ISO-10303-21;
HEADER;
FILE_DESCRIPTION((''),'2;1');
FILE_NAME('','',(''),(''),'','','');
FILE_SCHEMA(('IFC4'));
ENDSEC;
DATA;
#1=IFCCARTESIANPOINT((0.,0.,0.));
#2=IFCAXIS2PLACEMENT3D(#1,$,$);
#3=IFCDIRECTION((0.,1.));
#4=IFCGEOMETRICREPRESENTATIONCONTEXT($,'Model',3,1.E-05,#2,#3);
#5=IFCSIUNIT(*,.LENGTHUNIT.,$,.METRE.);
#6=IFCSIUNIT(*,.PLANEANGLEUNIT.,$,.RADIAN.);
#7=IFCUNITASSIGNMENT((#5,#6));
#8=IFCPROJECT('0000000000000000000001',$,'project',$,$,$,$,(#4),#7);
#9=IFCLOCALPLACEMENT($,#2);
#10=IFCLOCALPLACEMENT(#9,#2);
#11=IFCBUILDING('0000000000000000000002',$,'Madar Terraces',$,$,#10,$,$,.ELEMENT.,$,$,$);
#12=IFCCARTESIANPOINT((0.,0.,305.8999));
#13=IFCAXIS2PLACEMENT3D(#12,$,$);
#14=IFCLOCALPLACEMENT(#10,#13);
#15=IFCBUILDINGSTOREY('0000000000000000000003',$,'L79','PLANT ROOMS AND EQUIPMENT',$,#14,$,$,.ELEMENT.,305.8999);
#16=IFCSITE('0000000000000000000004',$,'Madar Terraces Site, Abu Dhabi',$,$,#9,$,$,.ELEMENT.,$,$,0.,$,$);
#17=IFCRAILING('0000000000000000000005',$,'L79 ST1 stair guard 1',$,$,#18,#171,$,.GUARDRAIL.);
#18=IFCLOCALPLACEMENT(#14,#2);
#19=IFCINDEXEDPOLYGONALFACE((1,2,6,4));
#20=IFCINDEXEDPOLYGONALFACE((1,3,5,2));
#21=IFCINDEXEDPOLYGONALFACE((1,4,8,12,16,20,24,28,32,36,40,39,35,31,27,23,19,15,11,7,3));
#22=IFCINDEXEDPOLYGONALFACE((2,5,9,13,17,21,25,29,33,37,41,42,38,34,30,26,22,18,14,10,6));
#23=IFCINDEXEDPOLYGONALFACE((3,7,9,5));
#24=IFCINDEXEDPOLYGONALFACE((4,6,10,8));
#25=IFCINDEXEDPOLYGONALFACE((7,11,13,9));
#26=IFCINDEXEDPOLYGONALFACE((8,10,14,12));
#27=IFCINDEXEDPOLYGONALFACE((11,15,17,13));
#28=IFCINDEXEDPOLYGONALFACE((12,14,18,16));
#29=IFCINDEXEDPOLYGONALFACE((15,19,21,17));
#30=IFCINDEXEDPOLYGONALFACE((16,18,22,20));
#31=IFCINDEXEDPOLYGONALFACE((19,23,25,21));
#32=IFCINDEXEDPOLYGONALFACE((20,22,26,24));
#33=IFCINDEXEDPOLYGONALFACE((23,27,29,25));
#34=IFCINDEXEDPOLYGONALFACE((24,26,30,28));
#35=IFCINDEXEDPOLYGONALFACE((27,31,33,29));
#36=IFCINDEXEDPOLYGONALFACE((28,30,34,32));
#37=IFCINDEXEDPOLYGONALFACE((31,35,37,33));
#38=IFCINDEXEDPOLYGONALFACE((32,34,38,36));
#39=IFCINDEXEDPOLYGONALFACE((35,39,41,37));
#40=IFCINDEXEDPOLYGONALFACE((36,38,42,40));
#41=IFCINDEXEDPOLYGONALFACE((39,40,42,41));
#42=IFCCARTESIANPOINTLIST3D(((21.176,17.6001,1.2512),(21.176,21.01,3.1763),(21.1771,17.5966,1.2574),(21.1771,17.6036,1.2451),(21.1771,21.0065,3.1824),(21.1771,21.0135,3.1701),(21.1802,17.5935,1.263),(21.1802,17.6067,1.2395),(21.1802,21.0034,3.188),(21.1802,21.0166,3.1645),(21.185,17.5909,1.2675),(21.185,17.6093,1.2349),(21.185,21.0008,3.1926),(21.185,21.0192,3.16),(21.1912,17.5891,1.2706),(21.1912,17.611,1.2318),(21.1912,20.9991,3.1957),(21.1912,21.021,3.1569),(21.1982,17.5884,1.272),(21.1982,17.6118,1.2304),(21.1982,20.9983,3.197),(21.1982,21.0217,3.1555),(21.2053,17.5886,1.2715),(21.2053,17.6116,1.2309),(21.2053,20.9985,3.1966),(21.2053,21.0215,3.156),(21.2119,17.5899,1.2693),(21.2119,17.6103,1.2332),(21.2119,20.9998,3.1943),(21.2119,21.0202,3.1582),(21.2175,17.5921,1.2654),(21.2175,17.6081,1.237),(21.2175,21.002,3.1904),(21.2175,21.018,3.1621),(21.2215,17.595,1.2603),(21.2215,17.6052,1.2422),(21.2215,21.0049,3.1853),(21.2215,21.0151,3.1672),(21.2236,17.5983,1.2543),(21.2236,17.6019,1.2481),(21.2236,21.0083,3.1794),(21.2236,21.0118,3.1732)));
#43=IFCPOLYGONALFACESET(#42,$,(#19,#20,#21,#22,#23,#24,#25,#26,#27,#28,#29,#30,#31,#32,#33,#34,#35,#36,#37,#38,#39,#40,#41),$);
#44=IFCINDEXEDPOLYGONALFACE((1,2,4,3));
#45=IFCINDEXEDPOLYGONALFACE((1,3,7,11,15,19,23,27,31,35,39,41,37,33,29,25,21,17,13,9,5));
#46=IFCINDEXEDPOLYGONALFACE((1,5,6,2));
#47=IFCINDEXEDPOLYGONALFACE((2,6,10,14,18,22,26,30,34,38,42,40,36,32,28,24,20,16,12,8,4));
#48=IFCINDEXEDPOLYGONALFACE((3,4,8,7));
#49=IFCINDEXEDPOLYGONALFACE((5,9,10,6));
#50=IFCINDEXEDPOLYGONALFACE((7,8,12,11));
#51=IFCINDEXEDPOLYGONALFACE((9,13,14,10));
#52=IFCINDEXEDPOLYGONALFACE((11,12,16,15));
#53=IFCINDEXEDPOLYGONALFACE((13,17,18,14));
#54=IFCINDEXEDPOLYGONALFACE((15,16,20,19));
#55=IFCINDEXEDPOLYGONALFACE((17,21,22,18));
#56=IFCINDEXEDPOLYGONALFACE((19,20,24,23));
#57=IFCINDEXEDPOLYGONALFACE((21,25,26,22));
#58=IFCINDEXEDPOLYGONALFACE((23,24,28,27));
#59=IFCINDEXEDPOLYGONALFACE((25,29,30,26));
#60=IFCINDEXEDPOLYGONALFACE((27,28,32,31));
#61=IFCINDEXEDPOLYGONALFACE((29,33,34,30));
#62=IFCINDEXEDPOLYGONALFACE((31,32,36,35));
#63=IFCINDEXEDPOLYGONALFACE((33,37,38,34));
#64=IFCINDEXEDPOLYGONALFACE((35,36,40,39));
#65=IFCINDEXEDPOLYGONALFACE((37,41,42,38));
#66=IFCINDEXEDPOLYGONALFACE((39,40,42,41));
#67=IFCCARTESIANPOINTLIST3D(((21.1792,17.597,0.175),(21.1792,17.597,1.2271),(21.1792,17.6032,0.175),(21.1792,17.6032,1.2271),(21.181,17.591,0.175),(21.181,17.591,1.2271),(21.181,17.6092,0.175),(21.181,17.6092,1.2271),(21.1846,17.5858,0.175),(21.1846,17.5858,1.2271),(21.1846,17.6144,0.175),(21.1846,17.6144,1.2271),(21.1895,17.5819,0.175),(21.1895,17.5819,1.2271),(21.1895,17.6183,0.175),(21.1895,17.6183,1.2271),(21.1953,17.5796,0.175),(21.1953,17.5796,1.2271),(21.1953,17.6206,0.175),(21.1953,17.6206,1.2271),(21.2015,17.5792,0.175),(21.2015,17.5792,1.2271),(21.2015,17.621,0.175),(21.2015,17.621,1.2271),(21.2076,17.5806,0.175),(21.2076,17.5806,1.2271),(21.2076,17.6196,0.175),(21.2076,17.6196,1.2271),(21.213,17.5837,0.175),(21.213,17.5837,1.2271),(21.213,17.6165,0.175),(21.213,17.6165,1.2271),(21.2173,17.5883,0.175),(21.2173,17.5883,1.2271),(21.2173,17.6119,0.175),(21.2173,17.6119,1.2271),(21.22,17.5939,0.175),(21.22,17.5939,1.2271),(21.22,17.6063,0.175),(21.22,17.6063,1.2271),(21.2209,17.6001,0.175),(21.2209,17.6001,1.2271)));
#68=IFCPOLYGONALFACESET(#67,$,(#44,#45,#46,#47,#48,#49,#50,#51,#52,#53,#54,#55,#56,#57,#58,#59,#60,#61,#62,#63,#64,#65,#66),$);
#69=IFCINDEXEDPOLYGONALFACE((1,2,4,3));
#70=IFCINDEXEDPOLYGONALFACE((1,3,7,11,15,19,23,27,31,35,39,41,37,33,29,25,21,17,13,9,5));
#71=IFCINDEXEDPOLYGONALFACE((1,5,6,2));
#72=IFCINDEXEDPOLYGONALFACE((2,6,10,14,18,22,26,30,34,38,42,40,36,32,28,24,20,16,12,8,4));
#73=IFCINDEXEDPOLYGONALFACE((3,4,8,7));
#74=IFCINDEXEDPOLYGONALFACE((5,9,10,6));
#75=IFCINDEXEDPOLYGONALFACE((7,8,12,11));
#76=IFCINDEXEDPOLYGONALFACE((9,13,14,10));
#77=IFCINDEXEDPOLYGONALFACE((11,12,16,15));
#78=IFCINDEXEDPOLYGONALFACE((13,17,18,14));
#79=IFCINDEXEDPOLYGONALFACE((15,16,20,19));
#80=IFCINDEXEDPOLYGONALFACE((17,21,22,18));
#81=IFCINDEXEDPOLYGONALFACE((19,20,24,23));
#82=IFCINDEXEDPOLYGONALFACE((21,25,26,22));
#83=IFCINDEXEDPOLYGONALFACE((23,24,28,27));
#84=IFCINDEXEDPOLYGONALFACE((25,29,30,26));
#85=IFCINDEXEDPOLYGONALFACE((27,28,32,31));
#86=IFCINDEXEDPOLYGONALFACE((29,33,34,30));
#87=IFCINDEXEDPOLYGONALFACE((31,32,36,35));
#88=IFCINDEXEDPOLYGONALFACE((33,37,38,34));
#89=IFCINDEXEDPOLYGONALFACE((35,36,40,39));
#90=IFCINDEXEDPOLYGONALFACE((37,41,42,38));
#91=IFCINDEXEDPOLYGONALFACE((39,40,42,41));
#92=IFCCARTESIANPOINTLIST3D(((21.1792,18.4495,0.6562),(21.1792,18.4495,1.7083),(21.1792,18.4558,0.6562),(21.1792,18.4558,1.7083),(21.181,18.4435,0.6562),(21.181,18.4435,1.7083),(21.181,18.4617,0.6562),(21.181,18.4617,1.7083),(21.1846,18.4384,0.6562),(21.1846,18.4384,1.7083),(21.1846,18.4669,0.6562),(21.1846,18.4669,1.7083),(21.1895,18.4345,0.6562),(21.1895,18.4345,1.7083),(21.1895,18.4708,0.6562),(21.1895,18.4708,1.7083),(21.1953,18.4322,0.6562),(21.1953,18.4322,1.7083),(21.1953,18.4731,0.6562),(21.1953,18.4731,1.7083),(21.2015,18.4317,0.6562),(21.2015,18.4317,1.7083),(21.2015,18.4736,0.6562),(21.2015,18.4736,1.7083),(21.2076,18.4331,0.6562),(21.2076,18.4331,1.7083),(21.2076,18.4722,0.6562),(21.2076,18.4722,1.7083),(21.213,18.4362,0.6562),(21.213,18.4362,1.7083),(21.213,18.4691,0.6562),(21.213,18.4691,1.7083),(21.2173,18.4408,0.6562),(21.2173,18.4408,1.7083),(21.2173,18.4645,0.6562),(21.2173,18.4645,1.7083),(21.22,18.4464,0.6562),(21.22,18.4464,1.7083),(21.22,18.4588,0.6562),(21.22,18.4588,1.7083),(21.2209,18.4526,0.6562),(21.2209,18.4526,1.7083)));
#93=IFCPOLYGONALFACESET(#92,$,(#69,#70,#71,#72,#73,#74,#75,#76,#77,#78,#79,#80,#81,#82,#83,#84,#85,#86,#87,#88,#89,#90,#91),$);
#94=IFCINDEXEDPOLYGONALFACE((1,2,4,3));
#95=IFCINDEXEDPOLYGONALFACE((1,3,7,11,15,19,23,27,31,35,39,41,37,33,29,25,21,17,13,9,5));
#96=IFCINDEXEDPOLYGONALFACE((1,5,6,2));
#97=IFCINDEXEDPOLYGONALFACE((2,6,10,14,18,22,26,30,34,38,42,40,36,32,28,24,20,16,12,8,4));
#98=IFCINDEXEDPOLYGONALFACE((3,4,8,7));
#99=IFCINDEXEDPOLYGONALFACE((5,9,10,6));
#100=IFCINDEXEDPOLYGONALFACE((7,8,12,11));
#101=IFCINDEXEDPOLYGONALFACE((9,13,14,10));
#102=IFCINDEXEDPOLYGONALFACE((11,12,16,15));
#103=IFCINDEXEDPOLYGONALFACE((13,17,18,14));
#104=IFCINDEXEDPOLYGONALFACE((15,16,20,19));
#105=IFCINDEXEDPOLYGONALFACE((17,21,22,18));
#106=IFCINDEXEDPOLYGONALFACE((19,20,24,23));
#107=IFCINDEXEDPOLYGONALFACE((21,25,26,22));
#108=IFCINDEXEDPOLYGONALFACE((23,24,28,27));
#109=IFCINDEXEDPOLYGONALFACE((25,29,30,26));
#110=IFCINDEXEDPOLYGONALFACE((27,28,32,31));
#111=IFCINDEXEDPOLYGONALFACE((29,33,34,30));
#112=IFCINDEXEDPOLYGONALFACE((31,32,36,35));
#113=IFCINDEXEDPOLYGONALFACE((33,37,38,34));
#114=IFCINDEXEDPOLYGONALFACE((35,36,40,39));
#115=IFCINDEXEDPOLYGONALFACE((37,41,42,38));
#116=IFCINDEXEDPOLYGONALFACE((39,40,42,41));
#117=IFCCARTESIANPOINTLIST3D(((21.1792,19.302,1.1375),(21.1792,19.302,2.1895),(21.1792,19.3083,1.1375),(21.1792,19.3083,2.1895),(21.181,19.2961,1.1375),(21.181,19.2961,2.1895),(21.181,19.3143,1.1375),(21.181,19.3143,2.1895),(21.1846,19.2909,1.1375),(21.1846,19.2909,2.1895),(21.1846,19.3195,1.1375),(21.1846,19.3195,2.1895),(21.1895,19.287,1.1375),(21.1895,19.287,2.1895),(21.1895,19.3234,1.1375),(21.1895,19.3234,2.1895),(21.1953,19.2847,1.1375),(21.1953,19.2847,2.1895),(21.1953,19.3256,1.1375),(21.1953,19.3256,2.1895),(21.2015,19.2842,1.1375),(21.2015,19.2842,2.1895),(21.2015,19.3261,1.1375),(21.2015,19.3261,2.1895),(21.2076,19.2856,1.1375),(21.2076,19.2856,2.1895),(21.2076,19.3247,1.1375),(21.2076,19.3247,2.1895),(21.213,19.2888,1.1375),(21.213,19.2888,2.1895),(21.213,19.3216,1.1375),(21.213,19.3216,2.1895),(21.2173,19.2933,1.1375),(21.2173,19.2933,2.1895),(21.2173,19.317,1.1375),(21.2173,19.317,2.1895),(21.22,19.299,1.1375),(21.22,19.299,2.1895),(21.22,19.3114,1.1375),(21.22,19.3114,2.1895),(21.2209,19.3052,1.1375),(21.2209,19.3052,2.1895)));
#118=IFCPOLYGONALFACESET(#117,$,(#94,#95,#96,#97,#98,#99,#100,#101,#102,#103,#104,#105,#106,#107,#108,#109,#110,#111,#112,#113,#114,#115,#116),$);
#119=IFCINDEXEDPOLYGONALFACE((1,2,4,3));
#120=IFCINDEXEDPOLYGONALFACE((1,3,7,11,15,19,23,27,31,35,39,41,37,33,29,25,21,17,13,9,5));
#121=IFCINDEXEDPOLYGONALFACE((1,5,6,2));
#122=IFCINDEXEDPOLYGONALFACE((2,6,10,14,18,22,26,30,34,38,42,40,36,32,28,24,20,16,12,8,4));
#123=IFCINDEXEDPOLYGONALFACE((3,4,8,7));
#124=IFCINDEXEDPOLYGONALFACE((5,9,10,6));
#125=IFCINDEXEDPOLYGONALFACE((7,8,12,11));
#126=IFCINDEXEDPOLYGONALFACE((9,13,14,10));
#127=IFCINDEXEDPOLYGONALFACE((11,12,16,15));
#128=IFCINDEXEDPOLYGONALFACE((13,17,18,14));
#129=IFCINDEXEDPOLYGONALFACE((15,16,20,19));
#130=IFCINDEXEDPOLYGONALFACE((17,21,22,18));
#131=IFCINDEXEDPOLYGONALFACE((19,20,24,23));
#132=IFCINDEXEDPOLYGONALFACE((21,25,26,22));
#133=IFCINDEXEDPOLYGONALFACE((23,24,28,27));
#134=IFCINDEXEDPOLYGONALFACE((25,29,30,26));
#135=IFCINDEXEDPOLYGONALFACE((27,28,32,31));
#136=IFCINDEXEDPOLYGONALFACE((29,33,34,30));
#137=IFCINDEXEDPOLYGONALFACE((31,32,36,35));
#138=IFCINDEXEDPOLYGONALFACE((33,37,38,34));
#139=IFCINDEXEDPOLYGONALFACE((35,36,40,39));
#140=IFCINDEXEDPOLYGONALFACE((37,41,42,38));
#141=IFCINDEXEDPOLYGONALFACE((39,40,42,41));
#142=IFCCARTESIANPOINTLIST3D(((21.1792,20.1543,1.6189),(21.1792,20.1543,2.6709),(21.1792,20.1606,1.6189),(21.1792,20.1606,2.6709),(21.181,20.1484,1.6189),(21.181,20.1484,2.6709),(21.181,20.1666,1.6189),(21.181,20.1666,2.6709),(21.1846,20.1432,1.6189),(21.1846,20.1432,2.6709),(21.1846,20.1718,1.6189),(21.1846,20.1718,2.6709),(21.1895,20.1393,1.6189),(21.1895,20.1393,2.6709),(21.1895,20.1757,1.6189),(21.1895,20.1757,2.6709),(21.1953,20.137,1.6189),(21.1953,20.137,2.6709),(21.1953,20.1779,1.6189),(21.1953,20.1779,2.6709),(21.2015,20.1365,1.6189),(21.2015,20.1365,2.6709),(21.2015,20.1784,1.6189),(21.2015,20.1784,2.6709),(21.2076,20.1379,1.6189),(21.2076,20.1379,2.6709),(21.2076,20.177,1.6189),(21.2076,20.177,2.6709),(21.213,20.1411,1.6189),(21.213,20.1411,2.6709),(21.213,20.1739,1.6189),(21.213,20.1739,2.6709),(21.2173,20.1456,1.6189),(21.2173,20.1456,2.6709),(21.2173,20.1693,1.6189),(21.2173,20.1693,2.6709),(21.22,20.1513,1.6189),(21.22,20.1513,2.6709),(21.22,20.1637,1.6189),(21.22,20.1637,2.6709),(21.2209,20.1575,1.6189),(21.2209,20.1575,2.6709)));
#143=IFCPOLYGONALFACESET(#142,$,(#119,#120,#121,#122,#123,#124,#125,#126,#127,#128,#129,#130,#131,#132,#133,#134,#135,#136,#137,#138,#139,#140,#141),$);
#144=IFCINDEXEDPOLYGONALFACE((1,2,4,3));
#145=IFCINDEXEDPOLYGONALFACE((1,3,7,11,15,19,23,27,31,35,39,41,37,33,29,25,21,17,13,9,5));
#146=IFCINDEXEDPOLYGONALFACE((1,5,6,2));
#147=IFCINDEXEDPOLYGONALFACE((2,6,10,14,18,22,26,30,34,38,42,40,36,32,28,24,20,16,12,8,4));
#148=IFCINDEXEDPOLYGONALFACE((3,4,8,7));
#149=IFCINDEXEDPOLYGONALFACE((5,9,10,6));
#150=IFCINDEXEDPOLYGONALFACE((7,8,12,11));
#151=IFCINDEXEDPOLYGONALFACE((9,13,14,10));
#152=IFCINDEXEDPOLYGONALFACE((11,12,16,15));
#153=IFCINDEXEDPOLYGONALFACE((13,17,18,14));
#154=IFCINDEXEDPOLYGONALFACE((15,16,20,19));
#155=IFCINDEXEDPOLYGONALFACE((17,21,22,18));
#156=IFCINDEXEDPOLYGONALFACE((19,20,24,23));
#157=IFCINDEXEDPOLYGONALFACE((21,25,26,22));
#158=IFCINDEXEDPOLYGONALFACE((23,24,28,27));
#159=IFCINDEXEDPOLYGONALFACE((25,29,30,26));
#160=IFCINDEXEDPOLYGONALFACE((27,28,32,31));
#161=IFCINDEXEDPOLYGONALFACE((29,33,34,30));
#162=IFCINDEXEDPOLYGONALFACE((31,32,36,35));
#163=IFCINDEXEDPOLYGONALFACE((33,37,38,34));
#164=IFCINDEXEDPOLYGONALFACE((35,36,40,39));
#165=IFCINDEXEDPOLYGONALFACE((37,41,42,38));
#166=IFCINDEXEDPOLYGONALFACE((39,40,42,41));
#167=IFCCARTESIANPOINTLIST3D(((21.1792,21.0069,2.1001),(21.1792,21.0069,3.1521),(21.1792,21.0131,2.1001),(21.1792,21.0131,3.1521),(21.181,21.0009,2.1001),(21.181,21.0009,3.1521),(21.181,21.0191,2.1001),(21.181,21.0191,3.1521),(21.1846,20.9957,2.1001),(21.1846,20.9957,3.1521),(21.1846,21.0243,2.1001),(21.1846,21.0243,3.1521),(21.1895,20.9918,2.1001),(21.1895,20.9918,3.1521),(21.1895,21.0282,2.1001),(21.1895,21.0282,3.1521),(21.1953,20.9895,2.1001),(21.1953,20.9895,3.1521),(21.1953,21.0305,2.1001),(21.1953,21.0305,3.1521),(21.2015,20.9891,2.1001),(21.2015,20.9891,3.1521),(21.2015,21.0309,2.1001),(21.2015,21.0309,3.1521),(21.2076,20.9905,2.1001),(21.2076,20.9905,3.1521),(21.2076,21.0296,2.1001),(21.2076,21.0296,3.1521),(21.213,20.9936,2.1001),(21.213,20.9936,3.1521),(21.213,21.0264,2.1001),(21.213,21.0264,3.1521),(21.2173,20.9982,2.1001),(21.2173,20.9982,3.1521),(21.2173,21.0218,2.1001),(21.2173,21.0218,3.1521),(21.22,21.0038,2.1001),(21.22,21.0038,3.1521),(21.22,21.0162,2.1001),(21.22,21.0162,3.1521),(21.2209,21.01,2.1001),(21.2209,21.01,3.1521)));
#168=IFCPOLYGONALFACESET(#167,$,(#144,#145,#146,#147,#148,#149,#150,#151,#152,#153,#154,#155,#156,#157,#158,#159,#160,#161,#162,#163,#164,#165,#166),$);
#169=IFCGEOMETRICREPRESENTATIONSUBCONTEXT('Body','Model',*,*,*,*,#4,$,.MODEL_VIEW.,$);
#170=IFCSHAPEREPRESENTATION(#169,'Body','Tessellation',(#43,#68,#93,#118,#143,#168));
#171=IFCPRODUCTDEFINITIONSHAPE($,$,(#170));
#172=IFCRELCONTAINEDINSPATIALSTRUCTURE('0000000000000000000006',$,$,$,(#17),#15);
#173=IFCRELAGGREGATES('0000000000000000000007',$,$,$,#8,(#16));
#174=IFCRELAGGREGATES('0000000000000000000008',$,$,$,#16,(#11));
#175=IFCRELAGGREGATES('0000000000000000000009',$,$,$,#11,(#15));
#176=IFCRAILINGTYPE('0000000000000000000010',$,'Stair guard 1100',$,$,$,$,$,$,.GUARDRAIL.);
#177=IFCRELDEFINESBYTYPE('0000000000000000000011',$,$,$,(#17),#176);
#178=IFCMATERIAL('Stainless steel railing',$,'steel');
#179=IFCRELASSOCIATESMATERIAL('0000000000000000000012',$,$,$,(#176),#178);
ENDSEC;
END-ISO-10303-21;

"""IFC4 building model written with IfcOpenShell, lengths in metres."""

from ifc_helpers import new_model, si_unit, direction, frame, origin, origin_2d, place, context, subcontext, project, spatial, circle, extrude, material, type_object, element, save


model = new_model("IFC4")

# Units and contexts
model_context = context("Model", 3, precision=1e-05, world=origin(), true_north=direction((0.0, 1.0)))
body_context = subcontext(model_context, "Body", "Model", "MODEL_VIEW")
ifc_project = project(units=[si_unit("LENGTHUNIT", "METRE"), si_unit("PLANEANGLEUNIT", "RADIAN")], contexts=[model_context])

# Site, building, storey
site_placement = place(None, origin())
site = spatial("IfcSite", under=ifc_project, at=site_placement, Name="Madar Terraces Site, Abu Dhabi", CompositionType="ELEMENT", RefElevation=0.0)
building_placement = place(site_placement, origin())
building = spatial("IfcBuilding", under=site, at=building_placement, Name="Madar Terraces", CompositionType="ELEMENT")
storey_placement = place(building_placement, frame((0.0, 0.0, 305.8999)))
storey = spatial("IfcBuildingStorey", under=building, at=storey_placement, Name="L79", Description="PLANT ROOMS AND EQUIPMENT", CompositionType="ELEMENT", Elevation=305.8999)

# Railing
ifc_material_1 = material(Name="Stainless steel railing", Category="steel")
railing_type_1 = type_object("IfcRailingType", Name="Stair guard 1100", PredefinedType="GUARDRAIL", material=ifc_material_1)
railing_1_placement = place(storey_placement, frame((21.2, 17.6001, 0.175)))
element("IfcRailing", 1, at=railing_1_placement, inside=storey, type_object=railing_type_1, Name="L79 ST1 stair guard 1", PredefinedType="GUARDRAIL", context=body_context, shape_type="SweptSolid", body=[
    extrude(circle(Radius=0.0239, at=origin_2d()), frame((0.0, 0.0, 1.0762), z_axis=(0.0, 0.870814, 0.491613), x_axis=(-1.0, 0.0, 0.0)), (0.0, 0.0, 1.0), 3.9158),
    extrude(circle(Radius=0.021, at=origin_2d()), origin(), (0.0, 0.0, 1.0), 1.052),
    extrude(circle(Radius=0.021, at=origin_2d()), frame((0.0, 0.8525, 0.4812)), (0.0, 0.0, 1.0), 1.052),
    extrude(circle(Radius=0.021, at=origin_2d()), frame((0.0, 1.7051, 0.9624)), (0.0, 0.0, 1.0), 1.052),
    extrude(circle(Radius=0.021, at=origin_2d()), frame((0.0, 2.5574, 1.4438)), (0.0, 0.0, 1.0), 1.052),
    extrude(circle(Radius=0.021, at=origin_2d()), frame((0.0, 3.4099, 1.925)), (0.0, 0.0, 1.0), 1.052),
])

save(model, "model.ifc")
